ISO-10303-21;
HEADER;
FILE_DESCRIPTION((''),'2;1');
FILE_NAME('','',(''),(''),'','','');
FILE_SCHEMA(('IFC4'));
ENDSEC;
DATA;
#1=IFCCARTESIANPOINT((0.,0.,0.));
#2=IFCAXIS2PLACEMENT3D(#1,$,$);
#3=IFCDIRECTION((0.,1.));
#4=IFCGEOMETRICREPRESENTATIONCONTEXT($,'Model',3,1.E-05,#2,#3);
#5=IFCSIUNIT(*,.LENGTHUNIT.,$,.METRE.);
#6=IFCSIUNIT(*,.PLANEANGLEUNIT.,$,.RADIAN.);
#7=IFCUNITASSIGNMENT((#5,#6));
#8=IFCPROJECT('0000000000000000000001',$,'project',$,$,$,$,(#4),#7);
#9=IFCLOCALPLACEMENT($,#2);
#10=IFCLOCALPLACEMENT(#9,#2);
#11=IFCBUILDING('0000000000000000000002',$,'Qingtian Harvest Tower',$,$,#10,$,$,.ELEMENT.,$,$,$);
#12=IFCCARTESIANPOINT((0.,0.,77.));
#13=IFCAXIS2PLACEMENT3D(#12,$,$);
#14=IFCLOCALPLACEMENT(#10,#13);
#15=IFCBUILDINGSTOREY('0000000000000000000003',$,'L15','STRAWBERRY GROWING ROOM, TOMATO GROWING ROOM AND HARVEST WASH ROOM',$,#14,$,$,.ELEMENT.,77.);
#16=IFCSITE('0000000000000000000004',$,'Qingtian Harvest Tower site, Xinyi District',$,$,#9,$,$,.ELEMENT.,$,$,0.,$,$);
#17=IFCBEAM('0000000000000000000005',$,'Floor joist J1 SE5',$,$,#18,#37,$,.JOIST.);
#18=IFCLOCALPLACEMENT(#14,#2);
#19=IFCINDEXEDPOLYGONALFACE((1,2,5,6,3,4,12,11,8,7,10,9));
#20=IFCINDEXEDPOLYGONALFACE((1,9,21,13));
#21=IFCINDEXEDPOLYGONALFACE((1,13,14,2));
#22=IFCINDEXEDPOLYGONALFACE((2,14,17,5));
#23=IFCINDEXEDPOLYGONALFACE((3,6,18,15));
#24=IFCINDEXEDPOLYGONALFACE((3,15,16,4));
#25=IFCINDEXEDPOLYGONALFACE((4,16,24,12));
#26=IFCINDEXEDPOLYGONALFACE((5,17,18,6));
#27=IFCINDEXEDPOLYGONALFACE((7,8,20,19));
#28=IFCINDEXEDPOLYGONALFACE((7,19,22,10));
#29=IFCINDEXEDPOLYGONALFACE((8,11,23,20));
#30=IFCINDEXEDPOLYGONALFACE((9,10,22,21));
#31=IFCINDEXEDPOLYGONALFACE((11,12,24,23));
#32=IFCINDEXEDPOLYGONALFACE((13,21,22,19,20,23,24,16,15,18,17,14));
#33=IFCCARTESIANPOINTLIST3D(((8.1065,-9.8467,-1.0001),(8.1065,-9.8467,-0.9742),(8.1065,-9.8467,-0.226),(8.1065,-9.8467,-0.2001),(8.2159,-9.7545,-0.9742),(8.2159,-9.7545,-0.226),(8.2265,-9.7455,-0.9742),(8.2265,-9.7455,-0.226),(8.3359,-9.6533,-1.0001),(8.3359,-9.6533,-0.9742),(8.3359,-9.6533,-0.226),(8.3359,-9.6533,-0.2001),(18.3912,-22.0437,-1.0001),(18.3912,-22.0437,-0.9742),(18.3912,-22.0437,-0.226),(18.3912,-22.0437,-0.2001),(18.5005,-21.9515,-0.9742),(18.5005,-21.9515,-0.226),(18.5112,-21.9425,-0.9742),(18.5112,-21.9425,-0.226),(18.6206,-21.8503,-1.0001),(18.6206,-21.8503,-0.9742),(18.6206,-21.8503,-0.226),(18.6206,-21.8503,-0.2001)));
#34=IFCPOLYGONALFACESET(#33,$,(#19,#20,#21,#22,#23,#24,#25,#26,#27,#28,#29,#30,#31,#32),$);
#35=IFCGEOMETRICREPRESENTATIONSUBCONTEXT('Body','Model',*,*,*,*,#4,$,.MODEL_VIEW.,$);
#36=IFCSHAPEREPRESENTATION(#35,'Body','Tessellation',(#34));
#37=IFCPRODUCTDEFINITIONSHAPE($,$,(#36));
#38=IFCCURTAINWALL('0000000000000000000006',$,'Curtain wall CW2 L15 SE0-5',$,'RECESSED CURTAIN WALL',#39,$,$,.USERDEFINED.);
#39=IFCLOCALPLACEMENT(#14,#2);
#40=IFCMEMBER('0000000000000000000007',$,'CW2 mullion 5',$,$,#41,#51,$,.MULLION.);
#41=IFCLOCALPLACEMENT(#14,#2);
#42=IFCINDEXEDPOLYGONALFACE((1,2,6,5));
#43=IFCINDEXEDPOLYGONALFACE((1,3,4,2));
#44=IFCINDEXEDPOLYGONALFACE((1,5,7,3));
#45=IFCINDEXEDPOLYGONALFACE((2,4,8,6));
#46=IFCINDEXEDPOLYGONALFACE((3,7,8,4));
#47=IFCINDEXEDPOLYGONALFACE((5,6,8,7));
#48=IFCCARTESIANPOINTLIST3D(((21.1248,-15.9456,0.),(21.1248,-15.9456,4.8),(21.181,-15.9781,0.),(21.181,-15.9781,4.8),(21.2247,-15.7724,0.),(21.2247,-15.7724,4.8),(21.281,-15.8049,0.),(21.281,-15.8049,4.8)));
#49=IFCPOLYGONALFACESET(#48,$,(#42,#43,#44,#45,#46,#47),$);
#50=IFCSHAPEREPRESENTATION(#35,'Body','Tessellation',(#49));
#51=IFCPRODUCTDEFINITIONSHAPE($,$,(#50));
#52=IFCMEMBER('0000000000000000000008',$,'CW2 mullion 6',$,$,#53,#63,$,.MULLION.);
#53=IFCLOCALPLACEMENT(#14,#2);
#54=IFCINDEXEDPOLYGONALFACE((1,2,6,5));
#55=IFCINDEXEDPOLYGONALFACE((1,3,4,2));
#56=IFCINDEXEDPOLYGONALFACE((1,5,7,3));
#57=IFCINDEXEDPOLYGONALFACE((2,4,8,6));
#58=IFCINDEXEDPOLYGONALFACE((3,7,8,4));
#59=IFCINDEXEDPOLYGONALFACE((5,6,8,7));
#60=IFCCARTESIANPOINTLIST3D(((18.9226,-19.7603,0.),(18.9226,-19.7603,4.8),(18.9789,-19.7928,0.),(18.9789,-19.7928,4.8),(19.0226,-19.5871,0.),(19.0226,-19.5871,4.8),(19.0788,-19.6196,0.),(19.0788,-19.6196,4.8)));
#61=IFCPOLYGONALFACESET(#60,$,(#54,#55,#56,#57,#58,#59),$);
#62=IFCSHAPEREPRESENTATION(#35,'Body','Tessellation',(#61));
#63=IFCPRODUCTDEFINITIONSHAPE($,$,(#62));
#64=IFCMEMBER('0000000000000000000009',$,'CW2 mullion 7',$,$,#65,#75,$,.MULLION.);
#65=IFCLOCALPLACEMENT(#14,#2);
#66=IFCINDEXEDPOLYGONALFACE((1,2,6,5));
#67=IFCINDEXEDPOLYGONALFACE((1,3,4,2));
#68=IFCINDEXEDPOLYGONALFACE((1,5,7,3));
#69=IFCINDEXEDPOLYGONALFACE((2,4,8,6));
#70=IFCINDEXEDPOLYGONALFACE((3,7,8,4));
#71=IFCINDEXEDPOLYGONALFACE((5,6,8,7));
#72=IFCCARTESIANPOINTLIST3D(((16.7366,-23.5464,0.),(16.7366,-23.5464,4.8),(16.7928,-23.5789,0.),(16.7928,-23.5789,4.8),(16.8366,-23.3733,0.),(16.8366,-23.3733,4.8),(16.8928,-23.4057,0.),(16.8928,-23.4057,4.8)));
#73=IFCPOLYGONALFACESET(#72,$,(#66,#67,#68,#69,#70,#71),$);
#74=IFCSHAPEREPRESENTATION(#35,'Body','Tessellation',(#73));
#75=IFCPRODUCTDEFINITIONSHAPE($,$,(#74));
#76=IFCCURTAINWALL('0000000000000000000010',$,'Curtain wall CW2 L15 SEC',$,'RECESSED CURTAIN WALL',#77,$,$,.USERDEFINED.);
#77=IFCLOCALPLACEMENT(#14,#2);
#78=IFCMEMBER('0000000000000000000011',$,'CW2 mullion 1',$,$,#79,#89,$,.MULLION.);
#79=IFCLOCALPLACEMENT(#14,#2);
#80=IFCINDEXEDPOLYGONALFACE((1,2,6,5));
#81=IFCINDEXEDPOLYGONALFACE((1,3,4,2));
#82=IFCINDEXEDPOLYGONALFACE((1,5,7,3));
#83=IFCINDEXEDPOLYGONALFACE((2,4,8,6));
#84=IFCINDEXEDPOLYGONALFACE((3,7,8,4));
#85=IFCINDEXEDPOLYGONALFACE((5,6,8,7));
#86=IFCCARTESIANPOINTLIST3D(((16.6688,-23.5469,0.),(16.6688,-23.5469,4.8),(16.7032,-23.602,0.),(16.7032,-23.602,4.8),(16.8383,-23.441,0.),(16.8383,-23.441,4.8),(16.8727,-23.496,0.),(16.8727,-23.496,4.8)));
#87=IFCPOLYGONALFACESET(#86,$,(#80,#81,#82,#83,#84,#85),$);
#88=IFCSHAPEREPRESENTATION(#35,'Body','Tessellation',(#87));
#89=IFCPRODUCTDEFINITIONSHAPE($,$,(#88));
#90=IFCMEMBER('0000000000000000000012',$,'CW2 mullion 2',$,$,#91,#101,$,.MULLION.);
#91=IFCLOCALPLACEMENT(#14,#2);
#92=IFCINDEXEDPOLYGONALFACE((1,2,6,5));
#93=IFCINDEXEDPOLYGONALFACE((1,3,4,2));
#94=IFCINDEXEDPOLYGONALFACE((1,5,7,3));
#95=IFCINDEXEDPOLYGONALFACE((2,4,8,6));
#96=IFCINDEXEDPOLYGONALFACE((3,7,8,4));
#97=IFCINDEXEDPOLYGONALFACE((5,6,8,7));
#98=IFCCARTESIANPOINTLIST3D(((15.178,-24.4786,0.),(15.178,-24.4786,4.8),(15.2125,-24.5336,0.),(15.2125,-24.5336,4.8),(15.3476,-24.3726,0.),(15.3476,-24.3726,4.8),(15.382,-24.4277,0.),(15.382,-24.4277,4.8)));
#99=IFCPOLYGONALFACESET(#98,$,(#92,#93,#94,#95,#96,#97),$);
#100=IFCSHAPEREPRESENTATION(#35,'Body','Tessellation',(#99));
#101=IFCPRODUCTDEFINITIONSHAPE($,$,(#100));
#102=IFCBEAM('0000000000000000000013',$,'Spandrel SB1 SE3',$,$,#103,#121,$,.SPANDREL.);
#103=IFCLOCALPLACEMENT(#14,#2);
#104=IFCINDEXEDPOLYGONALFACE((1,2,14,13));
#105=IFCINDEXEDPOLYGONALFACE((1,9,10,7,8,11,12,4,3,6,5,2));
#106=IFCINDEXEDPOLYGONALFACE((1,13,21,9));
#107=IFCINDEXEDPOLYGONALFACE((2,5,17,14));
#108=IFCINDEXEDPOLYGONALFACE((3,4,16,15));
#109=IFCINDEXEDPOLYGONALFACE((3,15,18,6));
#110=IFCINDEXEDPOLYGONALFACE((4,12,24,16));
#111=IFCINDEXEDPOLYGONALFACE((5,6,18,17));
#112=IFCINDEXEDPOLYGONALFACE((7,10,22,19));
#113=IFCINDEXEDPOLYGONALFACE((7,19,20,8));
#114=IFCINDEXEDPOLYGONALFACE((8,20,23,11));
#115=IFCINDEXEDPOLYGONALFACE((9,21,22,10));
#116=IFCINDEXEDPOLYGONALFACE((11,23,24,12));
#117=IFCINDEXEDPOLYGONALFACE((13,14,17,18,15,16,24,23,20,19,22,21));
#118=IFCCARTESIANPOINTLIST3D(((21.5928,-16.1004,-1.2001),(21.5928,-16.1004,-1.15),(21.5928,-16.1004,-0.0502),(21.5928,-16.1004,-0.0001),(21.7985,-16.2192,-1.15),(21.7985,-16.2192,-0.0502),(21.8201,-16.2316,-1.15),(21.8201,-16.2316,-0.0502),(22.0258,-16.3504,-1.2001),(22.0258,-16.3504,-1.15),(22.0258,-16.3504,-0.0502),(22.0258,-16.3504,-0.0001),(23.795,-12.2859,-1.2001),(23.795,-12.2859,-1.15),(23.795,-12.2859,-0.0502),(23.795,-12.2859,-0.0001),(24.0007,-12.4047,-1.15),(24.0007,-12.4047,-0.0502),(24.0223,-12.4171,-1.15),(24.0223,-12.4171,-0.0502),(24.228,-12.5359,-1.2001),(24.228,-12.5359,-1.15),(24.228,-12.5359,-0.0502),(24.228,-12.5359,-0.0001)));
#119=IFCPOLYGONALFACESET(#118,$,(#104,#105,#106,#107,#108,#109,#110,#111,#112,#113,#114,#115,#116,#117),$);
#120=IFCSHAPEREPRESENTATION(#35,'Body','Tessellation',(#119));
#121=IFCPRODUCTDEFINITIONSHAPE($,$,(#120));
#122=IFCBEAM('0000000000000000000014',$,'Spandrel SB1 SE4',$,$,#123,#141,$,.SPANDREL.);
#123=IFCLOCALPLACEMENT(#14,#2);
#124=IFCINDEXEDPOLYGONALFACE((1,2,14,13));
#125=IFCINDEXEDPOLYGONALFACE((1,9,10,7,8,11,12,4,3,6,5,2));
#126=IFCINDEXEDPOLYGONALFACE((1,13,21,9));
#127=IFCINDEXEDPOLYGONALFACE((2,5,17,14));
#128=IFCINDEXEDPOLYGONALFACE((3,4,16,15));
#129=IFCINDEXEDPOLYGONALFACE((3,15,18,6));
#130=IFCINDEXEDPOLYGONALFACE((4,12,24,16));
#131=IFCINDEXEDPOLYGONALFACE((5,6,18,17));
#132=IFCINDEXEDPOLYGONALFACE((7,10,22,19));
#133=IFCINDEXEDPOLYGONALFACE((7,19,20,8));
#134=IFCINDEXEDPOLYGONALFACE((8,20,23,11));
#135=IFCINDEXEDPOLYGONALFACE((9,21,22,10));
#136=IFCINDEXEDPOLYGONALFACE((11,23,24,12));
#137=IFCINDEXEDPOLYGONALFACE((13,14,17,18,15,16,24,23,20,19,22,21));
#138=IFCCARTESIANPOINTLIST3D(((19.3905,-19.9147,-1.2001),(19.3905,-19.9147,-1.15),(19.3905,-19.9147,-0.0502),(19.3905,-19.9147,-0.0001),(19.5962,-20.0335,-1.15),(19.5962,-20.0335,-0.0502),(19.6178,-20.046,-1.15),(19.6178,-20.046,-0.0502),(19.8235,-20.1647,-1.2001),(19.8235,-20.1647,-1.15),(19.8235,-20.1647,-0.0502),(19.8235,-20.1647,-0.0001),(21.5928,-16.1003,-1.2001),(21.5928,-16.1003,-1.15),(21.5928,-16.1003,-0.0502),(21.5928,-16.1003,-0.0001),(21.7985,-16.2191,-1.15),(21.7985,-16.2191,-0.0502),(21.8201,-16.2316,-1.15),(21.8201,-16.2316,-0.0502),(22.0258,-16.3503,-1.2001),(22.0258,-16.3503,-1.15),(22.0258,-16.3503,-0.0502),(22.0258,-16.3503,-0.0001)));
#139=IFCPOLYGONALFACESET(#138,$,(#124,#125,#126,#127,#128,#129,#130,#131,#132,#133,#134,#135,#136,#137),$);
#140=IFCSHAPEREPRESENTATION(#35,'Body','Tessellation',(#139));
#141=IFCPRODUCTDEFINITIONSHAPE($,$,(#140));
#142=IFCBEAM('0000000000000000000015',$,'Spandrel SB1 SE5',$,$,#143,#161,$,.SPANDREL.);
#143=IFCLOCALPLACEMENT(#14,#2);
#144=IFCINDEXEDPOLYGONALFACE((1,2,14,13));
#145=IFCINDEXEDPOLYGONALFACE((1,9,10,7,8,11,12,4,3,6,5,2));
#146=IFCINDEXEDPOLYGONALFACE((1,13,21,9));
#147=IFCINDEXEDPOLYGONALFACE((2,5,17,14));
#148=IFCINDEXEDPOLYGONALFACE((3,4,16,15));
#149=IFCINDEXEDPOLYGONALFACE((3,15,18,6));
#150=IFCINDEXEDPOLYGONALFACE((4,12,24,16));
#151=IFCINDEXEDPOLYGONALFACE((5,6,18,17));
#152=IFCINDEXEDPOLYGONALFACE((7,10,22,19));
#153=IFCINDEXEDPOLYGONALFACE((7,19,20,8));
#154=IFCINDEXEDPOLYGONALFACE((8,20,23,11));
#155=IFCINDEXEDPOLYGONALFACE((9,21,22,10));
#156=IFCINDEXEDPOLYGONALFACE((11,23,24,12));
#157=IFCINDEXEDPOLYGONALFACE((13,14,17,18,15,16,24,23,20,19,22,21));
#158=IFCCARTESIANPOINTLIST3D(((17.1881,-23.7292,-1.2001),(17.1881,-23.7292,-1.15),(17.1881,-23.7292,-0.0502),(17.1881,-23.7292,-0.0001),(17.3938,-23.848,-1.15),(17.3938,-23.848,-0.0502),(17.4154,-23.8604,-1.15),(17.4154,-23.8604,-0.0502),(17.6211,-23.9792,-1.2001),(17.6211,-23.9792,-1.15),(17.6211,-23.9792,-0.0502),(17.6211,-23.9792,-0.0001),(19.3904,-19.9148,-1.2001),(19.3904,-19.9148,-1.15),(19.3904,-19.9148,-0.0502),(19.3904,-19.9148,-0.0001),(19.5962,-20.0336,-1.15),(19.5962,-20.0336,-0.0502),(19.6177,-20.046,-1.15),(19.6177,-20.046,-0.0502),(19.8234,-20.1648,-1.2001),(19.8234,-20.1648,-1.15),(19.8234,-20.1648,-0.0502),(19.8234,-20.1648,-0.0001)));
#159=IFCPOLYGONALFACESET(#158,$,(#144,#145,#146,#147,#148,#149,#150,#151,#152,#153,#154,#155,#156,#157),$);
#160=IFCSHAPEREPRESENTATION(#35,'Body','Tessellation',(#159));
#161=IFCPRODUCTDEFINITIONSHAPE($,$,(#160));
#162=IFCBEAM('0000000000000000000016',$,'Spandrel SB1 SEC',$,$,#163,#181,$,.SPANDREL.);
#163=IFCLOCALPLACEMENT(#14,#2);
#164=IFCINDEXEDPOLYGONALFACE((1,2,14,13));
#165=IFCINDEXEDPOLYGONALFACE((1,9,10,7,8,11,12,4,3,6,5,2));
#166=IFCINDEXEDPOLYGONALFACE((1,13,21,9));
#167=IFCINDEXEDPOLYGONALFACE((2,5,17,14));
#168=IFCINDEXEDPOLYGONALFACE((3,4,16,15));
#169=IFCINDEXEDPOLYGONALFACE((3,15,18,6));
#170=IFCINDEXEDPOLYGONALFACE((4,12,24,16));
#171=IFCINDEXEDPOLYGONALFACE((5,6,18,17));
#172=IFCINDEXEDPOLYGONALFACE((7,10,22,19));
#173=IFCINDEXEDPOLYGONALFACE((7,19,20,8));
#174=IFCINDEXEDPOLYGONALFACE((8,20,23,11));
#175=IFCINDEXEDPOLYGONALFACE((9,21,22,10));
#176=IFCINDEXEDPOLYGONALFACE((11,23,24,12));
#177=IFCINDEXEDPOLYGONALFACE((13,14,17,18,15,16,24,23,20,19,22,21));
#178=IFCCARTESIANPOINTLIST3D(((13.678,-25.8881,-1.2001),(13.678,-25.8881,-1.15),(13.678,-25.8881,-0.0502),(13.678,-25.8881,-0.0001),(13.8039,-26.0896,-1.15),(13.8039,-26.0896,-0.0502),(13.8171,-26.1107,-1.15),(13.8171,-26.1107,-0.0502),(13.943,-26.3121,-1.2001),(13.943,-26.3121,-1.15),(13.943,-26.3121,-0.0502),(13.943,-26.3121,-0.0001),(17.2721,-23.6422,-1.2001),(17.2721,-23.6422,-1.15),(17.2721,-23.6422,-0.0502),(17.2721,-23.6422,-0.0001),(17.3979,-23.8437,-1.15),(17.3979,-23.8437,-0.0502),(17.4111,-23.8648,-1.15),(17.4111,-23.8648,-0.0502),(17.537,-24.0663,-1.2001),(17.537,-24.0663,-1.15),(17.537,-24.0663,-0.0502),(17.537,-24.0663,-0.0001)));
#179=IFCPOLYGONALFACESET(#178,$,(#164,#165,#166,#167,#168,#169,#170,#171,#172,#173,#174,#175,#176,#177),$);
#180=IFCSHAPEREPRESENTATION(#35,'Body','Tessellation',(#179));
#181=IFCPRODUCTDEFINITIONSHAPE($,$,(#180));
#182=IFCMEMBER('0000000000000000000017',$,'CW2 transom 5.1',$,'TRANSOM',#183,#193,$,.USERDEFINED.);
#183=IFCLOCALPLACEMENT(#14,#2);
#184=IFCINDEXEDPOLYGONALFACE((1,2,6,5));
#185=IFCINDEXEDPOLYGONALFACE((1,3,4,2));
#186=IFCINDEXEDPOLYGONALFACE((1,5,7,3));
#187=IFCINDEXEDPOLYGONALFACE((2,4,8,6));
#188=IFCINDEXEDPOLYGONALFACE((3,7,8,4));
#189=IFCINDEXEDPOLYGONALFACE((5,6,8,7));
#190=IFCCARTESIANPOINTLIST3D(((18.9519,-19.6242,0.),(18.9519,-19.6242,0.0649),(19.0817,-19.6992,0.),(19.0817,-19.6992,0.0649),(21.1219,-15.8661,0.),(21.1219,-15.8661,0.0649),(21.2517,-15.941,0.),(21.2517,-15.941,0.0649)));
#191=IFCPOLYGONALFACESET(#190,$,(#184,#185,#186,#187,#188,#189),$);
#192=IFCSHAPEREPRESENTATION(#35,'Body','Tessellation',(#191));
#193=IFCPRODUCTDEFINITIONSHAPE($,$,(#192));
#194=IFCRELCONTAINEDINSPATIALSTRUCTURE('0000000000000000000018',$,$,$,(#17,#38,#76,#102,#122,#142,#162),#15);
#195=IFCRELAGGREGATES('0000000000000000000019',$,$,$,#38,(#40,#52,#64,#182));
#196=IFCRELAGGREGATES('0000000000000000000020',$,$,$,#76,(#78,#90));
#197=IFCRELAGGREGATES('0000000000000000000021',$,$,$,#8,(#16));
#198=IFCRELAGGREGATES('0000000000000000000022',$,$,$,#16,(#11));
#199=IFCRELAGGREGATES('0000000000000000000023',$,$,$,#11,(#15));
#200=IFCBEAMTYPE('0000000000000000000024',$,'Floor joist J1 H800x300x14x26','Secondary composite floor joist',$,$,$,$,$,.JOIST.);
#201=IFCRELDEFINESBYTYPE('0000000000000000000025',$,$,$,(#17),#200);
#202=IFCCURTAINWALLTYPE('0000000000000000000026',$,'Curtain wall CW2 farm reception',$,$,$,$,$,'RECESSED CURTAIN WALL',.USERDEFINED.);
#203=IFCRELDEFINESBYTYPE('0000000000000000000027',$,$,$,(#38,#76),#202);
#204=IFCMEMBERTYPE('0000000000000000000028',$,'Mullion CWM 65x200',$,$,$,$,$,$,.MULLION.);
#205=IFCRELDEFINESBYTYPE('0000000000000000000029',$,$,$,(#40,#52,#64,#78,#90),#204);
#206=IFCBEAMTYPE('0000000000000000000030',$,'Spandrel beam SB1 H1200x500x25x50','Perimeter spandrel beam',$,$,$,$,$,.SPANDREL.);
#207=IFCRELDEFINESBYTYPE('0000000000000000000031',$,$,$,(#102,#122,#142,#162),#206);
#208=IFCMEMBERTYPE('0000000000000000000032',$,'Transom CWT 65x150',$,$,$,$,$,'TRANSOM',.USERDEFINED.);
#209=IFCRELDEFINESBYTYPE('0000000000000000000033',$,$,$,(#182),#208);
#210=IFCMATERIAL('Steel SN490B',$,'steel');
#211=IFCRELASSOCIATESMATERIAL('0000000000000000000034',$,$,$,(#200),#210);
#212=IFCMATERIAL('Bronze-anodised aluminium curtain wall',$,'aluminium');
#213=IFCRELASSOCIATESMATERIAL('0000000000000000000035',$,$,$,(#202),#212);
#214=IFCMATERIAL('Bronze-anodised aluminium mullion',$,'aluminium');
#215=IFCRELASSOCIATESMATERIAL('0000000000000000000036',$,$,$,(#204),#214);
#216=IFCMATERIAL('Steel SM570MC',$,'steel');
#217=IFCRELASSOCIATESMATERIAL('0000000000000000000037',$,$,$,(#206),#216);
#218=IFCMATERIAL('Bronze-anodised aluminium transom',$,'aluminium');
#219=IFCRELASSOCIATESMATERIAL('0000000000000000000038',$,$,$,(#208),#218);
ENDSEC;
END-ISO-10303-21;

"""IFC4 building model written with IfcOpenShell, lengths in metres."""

from ifc_helpers import new_model, si_unit, direction, frame, origin, origin_2d, place, context, subcontext, project, spatial, rectangle, i_section, extrude, material, material_profile, profile_set, type_object, element, aggregate, save


model = new_model("IFC4")

# Units and contexts
model_context = context("Model", 3, precision=1e-05, world=origin(), true_north=direction((0.0, 1.0)))
body_context = subcontext(model_context, "Body", "Model", "MODEL_VIEW")
ifc_project = project(units=[si_unit("LENGTHUNIT", "METRE"), si_unit("PLANEANGLEUNIT", "RADIAN")], contexts=[model_context])

# Site, building, storey
site_placement = place(None, origin())
site = spatial("IfcSite", under=ifc_project, at=site_placement, Name="Qingtian Harvest Tower site, Xinyi District", CompositionType="ELEMENT", RefElevation=0.0)
building_placement = place(site_placement, origin())
building = spatial("IfcBuilding", under=site, at=building_placement, Name="Qingtian Harvest Tower", CompositionType="ELEMENT")
storey_placement = place(building_placement, frame((0.0, 0.0, 77.0)))
storey = spatial("IfcBuildingStorey", under=building, at=storey_placement, Name="L15", Description="STRAWBERRY GROWING ROOM, TOMATO GROWING ROOM AND HARVEST WASH ROOM", CompositionType="ELEMENT", Elevation=77.0)

# Beam
ifc_material_1 = material(Name="Steel SN490B", Category="steel")
ifc_material_profile_1 = material_profile(ifc_material_1, i_section(OverallWidth=0.3, OverallDepth=0.8, WebThickness=0.0139, FlangeThickness=0.0259, at=origin_2d()), Name="H800x300x14x26")
ifc_profile_set_1 = profile_set([ifc_material_profile_1], Name="Steel SN490B")
beam_type_1 = type_object("IfcBeamType", Name="Floor joist J1 H800x300x14x26", Description="Secondary composite floor joist", PredefinedType="JOIST", material=ifc_profile_set_1)
beam_1_placement = place(storey_placement, frame((18.5059, -21.947, -0.6001), z_axis=(-0.64463, 0.764494, 0.0), x_axis=(-0.764494, -0.64463, 0.0)))
element("IfcBeam", 1, at=beam_1_placement, inside=storey, type_object=beam_type_1, Name="Floor joist J1 SE5", PredefinedType="JOIST", context=body_context, shape_type="SweptSolid", body=[
    extrude(i_section(OverallWidth=0.3, OverallDepth=0.8, WebThickness=0.0139, FlangeThickness=0.0259, at=origin_2d()), origin(), (0.0, 0.0, 1.0), 15.9543),
])

# Curtain walls, members
ifc_material_2 = material(Name="Bronze-anodised aluminium curtain wall", Category="aluminium")
curtain_wall_type = type_object("IfcCurtainWallType", Name="Curtain wall CW2 farm reception", ElementType="RECESSED CURTAIN WALL", PredefinedType="USERDEFINED", material=ifc_material_2)
curtain_wall_1_placement = place(storey_placement, origin())
curtain_wall_1 = element("IfcCurtainWall", 2, at=curtain_wall_1_placement, inside=storey, type_object=curtain_wall_type, Name="Curtain wall CW2 L15 SE0-5", ObjectType="RECESSED CURTAIN WALL", PredefinedType="USERDEFINED")
ifc_material_3 = material(Name="Bronze-anodised aluminium mullion", Category="aluminium")
ifc_material_profile_2 = material_profile(ifc_material_3, rectangle(XDim=0.0649, YDim=0.2, at=origin_2d()), Name="AL 65x200")
ifc_profile_set_2 = profile_set([ifc_material_profile_2], Name="Bronze-anodised aluminium mullion")
member_type_1 = type_object("IfcMemberType", Name="Mullion CWM 65x200", PredefinedType="MULLION", material=ifc_profile_set_2)
member_1_placement = place(storey_placement, frame((21.2029, -15.8752, 0.0), z_axis=(0.0, 0.0, 1.0), x_axis=(0.866025, -0.5, 0.0)))
member_1 = element("IfcMember", 3, at=member_1_placement, type_object=member_type_1, Name="CW2 mullion 5", PredefinedType="MULLION", context=body_context, shape_type="SweptSolid", body=[
    extrude(rectangle(XDim=0.0649, YDim=0.2, at=origin_2d()), origin(), (0.0, 0.0, 1.0), 4.8),
])
member_2_placement = place(storey_placement, frame((19.0007, -19.6899, 0.0), z_axis=(0.0, 0.0, 1.0), x_axis=(0.866025, -0.5, 0.0)))
member_2 = element("IfcMember", 4, at=member_2_placement, type_object=member_type_1, Name="CW2 mullion 6", PredefinedType="MULLION", context=body_context, shape_type="SweptSolid", body=[
    extrude(rectangle(XDim=0.0649, YDim=0.2, at=origin_2d()), origin(), (0.0, 0.0, 1.0), 4.8),
])
member_3_placement = place(storey_placement, frame((16.8147, -23.4761, 0.0), z_axis=(0.0, 0.0, 1.0), x_axis=(0.866025, -0.5, 0.0)))
member_3 = element("IfcMember", 5, at=member_3_placement, type_object=member_type_1, Name="CW2 mullion 7", PredefinedType="MULLION", context=body_context, shape_type="SweptSolid", body=[
    extrude(rectangle(XDim=0.0649, YDim=0.2, at=origin_2d()), origin(), (0.0, 0.0, 1.0), 4.8),
])
curtain_wall_2_placement = place(storey_placement, origin())
curtain_wall_2 = element("IfcCurtainWall", 6, at=curtain_wall_2_placement, inside=storey, type_object=curtain_wall_type, Name="Curtain wall CW2 L15 SEC", ObjectType="RECESSED CURTAIN WALL", PredefinedType="USERDEFINED")
member_4_placement = place(storey_placement, frame((16.7708, -23.5215, 0.0), z_axis=(0.0, 0.0, 1.0), x_axis=(0.529919, -0.848048, 0.0)))
member_4 = element("IfcMember", 7, at=member_4_placement, type_object=member_type_1, Name="CW2 mullion 1", PredefinedType="MULLION", context=body_context, shape_type="SweptSolid", body=[
    extrude(rectangle(XDim=0.0649, YDim=0.2, at=origin_2d()), origin(), (0.0, 0.0, 1.0), 4.8),
])
member_5_placement = place(storey_placement, frame((15.28, -24.4531, 0.0), z_axis=(0.0, 0.0, 1.0), x_axis=(0.529919, -0.848048, 0.0)))
member_5 = element("IfcMember", 8, at=member_5_placement, type_object=member_type_1, Name="CW2 mullion 2", PredefinedType="MULLION", context=body_context, shape_type="SweptSolid", body=[
    extrude(rectangle(XDim=0.0649, YDim=0.2, at=origin_2d()), origin(), (0.0, 0.0, 1.0), 4.8),
])

# Beams
ifc_material_4 = material(Name="Steel SM570MC", Category="steel")
ifc_material_profile_3 = material_profile(ifc_material_4, i_section(OverallWidth=0.5, OverallDepth=1.2, WebThickness=0.0249, FlangeThickness=0.05, at=origin_2d()), Name="H1200x500x25x50")
ifc_profile_set_3 = profile_set([ifc_material_profile_3], Name="Steel SM570MC")
beam_type_2 = type_object("IfcBeamType", Name="Spandrel beam SB1 H1200x500x25x50", Description="Perimeter spandrel beam", PredefinedType="SPANDREL", material=ifc_profile_set_3)
for number, where, z_axis, x_axis, name in (
    (9, (24.0115, -12.4109, -0.6001), (-0.499978, -0.866038, 0.0), (0.866038, -0.499978, 0.0), "Spandrel SB1 SE3"),
    (10, (21.8093, -16.2253, -0.6001), (-0.50002, -0.866014, 0.0), (0.866014, -0.50002, 0.0), "Spandrel SB1 SE4"),
    (11, (19.6069, -20.0398, -0.6001), (-0.50002, -0.866014, 0.0), (0.866014, -0.50002, 0.0), "Spandrel SB1 SE5"),
):
    element("IfcBeam", number, at=place(storey_placement, frame(where, z_axis=z_axis, x_axis=x_axis)), inside=storey, type_object=beam_type_2, Name=name, PredefinedType="SPANDREL", context=body_context, shape_type="SweptSolid", body=[
        extrude(i_section(OverallWidth=0.5, OverallDepth=1.2, WebThickness=0.0249, FlangeThickness=0.05, at=origin_2d()), origin(), (0.0, 0.0, 1.0), 4.4045),
    ])
beam_2_placement = place(storey_placement, frame((17.4045, -23.8542, -0.6001), z_axis=(-0.84804, -0.529932, 0.0), x_axis=(0.529932, -0.84804, 0.0)))
element("IfcBeam", 12, at=beam_2_placement, inside=storey, type_object=beam_type_2, Name="Spandrel SB1 SEC", PredefinedType="SPANDREL", context=body_context, shape_type="SweptSolid", body=[
    extrude(i_section(OverallWidth=0.5, OverallDepth=1.2, WebThickness=0.0249, FlangeThickness=0.05, at=origin_2d()), origin(), (0.0, 0.0, 1.0), 4.238),
])

# Member
ifc_material_5 = material(Name="Bronze-anodised aluminium transom", Category="aluminium")
ifc_material_profile_4 = material_profile(ifc_material_5, rectangle(XDim=0.1499, YDim=0.0649, at=origin_2d()), Name="AL 65x150")
ifc_profile_set_4 = profile_set([ifc_material_profile_4], Name="Bronze-anodised aluminium transom")
member_type_2 = type_object("IfcMemberType", Name="Transom CWT 65x150", ElementType="TRANSOM", PredefinedType="USERDEFINED", material=ifc_profile_set_4)
member_6_placement = place(storey_placement, frame((21.1868, -15.9036, 0.0325), z_axis=(-0.500036, -0.866005, 0.0), x_axis=(0.866005, -0.500036, 0.0)))
member_6 = element("IfcMember", 13, at=member_6_placement, type_object=member_type_2, Name="CW2 transom 5.1", ObjectType="TRANSOM", PredefinedType="USERDEFINED", context=body_context, shape_type="SweptSolid", body=[
    extrude(rectangle(XDim=0.1499, YDim=0.0649, at=origin_2d()), origin(), (0.0, 0.0, 1.0), 4.3396),
])

aggregate(curtain_wall_1, [member_1, member_2, member_3, member_6])
aggregate(curtain_wall_2, [member_4, member_5])

save(model, "model.ifc")
